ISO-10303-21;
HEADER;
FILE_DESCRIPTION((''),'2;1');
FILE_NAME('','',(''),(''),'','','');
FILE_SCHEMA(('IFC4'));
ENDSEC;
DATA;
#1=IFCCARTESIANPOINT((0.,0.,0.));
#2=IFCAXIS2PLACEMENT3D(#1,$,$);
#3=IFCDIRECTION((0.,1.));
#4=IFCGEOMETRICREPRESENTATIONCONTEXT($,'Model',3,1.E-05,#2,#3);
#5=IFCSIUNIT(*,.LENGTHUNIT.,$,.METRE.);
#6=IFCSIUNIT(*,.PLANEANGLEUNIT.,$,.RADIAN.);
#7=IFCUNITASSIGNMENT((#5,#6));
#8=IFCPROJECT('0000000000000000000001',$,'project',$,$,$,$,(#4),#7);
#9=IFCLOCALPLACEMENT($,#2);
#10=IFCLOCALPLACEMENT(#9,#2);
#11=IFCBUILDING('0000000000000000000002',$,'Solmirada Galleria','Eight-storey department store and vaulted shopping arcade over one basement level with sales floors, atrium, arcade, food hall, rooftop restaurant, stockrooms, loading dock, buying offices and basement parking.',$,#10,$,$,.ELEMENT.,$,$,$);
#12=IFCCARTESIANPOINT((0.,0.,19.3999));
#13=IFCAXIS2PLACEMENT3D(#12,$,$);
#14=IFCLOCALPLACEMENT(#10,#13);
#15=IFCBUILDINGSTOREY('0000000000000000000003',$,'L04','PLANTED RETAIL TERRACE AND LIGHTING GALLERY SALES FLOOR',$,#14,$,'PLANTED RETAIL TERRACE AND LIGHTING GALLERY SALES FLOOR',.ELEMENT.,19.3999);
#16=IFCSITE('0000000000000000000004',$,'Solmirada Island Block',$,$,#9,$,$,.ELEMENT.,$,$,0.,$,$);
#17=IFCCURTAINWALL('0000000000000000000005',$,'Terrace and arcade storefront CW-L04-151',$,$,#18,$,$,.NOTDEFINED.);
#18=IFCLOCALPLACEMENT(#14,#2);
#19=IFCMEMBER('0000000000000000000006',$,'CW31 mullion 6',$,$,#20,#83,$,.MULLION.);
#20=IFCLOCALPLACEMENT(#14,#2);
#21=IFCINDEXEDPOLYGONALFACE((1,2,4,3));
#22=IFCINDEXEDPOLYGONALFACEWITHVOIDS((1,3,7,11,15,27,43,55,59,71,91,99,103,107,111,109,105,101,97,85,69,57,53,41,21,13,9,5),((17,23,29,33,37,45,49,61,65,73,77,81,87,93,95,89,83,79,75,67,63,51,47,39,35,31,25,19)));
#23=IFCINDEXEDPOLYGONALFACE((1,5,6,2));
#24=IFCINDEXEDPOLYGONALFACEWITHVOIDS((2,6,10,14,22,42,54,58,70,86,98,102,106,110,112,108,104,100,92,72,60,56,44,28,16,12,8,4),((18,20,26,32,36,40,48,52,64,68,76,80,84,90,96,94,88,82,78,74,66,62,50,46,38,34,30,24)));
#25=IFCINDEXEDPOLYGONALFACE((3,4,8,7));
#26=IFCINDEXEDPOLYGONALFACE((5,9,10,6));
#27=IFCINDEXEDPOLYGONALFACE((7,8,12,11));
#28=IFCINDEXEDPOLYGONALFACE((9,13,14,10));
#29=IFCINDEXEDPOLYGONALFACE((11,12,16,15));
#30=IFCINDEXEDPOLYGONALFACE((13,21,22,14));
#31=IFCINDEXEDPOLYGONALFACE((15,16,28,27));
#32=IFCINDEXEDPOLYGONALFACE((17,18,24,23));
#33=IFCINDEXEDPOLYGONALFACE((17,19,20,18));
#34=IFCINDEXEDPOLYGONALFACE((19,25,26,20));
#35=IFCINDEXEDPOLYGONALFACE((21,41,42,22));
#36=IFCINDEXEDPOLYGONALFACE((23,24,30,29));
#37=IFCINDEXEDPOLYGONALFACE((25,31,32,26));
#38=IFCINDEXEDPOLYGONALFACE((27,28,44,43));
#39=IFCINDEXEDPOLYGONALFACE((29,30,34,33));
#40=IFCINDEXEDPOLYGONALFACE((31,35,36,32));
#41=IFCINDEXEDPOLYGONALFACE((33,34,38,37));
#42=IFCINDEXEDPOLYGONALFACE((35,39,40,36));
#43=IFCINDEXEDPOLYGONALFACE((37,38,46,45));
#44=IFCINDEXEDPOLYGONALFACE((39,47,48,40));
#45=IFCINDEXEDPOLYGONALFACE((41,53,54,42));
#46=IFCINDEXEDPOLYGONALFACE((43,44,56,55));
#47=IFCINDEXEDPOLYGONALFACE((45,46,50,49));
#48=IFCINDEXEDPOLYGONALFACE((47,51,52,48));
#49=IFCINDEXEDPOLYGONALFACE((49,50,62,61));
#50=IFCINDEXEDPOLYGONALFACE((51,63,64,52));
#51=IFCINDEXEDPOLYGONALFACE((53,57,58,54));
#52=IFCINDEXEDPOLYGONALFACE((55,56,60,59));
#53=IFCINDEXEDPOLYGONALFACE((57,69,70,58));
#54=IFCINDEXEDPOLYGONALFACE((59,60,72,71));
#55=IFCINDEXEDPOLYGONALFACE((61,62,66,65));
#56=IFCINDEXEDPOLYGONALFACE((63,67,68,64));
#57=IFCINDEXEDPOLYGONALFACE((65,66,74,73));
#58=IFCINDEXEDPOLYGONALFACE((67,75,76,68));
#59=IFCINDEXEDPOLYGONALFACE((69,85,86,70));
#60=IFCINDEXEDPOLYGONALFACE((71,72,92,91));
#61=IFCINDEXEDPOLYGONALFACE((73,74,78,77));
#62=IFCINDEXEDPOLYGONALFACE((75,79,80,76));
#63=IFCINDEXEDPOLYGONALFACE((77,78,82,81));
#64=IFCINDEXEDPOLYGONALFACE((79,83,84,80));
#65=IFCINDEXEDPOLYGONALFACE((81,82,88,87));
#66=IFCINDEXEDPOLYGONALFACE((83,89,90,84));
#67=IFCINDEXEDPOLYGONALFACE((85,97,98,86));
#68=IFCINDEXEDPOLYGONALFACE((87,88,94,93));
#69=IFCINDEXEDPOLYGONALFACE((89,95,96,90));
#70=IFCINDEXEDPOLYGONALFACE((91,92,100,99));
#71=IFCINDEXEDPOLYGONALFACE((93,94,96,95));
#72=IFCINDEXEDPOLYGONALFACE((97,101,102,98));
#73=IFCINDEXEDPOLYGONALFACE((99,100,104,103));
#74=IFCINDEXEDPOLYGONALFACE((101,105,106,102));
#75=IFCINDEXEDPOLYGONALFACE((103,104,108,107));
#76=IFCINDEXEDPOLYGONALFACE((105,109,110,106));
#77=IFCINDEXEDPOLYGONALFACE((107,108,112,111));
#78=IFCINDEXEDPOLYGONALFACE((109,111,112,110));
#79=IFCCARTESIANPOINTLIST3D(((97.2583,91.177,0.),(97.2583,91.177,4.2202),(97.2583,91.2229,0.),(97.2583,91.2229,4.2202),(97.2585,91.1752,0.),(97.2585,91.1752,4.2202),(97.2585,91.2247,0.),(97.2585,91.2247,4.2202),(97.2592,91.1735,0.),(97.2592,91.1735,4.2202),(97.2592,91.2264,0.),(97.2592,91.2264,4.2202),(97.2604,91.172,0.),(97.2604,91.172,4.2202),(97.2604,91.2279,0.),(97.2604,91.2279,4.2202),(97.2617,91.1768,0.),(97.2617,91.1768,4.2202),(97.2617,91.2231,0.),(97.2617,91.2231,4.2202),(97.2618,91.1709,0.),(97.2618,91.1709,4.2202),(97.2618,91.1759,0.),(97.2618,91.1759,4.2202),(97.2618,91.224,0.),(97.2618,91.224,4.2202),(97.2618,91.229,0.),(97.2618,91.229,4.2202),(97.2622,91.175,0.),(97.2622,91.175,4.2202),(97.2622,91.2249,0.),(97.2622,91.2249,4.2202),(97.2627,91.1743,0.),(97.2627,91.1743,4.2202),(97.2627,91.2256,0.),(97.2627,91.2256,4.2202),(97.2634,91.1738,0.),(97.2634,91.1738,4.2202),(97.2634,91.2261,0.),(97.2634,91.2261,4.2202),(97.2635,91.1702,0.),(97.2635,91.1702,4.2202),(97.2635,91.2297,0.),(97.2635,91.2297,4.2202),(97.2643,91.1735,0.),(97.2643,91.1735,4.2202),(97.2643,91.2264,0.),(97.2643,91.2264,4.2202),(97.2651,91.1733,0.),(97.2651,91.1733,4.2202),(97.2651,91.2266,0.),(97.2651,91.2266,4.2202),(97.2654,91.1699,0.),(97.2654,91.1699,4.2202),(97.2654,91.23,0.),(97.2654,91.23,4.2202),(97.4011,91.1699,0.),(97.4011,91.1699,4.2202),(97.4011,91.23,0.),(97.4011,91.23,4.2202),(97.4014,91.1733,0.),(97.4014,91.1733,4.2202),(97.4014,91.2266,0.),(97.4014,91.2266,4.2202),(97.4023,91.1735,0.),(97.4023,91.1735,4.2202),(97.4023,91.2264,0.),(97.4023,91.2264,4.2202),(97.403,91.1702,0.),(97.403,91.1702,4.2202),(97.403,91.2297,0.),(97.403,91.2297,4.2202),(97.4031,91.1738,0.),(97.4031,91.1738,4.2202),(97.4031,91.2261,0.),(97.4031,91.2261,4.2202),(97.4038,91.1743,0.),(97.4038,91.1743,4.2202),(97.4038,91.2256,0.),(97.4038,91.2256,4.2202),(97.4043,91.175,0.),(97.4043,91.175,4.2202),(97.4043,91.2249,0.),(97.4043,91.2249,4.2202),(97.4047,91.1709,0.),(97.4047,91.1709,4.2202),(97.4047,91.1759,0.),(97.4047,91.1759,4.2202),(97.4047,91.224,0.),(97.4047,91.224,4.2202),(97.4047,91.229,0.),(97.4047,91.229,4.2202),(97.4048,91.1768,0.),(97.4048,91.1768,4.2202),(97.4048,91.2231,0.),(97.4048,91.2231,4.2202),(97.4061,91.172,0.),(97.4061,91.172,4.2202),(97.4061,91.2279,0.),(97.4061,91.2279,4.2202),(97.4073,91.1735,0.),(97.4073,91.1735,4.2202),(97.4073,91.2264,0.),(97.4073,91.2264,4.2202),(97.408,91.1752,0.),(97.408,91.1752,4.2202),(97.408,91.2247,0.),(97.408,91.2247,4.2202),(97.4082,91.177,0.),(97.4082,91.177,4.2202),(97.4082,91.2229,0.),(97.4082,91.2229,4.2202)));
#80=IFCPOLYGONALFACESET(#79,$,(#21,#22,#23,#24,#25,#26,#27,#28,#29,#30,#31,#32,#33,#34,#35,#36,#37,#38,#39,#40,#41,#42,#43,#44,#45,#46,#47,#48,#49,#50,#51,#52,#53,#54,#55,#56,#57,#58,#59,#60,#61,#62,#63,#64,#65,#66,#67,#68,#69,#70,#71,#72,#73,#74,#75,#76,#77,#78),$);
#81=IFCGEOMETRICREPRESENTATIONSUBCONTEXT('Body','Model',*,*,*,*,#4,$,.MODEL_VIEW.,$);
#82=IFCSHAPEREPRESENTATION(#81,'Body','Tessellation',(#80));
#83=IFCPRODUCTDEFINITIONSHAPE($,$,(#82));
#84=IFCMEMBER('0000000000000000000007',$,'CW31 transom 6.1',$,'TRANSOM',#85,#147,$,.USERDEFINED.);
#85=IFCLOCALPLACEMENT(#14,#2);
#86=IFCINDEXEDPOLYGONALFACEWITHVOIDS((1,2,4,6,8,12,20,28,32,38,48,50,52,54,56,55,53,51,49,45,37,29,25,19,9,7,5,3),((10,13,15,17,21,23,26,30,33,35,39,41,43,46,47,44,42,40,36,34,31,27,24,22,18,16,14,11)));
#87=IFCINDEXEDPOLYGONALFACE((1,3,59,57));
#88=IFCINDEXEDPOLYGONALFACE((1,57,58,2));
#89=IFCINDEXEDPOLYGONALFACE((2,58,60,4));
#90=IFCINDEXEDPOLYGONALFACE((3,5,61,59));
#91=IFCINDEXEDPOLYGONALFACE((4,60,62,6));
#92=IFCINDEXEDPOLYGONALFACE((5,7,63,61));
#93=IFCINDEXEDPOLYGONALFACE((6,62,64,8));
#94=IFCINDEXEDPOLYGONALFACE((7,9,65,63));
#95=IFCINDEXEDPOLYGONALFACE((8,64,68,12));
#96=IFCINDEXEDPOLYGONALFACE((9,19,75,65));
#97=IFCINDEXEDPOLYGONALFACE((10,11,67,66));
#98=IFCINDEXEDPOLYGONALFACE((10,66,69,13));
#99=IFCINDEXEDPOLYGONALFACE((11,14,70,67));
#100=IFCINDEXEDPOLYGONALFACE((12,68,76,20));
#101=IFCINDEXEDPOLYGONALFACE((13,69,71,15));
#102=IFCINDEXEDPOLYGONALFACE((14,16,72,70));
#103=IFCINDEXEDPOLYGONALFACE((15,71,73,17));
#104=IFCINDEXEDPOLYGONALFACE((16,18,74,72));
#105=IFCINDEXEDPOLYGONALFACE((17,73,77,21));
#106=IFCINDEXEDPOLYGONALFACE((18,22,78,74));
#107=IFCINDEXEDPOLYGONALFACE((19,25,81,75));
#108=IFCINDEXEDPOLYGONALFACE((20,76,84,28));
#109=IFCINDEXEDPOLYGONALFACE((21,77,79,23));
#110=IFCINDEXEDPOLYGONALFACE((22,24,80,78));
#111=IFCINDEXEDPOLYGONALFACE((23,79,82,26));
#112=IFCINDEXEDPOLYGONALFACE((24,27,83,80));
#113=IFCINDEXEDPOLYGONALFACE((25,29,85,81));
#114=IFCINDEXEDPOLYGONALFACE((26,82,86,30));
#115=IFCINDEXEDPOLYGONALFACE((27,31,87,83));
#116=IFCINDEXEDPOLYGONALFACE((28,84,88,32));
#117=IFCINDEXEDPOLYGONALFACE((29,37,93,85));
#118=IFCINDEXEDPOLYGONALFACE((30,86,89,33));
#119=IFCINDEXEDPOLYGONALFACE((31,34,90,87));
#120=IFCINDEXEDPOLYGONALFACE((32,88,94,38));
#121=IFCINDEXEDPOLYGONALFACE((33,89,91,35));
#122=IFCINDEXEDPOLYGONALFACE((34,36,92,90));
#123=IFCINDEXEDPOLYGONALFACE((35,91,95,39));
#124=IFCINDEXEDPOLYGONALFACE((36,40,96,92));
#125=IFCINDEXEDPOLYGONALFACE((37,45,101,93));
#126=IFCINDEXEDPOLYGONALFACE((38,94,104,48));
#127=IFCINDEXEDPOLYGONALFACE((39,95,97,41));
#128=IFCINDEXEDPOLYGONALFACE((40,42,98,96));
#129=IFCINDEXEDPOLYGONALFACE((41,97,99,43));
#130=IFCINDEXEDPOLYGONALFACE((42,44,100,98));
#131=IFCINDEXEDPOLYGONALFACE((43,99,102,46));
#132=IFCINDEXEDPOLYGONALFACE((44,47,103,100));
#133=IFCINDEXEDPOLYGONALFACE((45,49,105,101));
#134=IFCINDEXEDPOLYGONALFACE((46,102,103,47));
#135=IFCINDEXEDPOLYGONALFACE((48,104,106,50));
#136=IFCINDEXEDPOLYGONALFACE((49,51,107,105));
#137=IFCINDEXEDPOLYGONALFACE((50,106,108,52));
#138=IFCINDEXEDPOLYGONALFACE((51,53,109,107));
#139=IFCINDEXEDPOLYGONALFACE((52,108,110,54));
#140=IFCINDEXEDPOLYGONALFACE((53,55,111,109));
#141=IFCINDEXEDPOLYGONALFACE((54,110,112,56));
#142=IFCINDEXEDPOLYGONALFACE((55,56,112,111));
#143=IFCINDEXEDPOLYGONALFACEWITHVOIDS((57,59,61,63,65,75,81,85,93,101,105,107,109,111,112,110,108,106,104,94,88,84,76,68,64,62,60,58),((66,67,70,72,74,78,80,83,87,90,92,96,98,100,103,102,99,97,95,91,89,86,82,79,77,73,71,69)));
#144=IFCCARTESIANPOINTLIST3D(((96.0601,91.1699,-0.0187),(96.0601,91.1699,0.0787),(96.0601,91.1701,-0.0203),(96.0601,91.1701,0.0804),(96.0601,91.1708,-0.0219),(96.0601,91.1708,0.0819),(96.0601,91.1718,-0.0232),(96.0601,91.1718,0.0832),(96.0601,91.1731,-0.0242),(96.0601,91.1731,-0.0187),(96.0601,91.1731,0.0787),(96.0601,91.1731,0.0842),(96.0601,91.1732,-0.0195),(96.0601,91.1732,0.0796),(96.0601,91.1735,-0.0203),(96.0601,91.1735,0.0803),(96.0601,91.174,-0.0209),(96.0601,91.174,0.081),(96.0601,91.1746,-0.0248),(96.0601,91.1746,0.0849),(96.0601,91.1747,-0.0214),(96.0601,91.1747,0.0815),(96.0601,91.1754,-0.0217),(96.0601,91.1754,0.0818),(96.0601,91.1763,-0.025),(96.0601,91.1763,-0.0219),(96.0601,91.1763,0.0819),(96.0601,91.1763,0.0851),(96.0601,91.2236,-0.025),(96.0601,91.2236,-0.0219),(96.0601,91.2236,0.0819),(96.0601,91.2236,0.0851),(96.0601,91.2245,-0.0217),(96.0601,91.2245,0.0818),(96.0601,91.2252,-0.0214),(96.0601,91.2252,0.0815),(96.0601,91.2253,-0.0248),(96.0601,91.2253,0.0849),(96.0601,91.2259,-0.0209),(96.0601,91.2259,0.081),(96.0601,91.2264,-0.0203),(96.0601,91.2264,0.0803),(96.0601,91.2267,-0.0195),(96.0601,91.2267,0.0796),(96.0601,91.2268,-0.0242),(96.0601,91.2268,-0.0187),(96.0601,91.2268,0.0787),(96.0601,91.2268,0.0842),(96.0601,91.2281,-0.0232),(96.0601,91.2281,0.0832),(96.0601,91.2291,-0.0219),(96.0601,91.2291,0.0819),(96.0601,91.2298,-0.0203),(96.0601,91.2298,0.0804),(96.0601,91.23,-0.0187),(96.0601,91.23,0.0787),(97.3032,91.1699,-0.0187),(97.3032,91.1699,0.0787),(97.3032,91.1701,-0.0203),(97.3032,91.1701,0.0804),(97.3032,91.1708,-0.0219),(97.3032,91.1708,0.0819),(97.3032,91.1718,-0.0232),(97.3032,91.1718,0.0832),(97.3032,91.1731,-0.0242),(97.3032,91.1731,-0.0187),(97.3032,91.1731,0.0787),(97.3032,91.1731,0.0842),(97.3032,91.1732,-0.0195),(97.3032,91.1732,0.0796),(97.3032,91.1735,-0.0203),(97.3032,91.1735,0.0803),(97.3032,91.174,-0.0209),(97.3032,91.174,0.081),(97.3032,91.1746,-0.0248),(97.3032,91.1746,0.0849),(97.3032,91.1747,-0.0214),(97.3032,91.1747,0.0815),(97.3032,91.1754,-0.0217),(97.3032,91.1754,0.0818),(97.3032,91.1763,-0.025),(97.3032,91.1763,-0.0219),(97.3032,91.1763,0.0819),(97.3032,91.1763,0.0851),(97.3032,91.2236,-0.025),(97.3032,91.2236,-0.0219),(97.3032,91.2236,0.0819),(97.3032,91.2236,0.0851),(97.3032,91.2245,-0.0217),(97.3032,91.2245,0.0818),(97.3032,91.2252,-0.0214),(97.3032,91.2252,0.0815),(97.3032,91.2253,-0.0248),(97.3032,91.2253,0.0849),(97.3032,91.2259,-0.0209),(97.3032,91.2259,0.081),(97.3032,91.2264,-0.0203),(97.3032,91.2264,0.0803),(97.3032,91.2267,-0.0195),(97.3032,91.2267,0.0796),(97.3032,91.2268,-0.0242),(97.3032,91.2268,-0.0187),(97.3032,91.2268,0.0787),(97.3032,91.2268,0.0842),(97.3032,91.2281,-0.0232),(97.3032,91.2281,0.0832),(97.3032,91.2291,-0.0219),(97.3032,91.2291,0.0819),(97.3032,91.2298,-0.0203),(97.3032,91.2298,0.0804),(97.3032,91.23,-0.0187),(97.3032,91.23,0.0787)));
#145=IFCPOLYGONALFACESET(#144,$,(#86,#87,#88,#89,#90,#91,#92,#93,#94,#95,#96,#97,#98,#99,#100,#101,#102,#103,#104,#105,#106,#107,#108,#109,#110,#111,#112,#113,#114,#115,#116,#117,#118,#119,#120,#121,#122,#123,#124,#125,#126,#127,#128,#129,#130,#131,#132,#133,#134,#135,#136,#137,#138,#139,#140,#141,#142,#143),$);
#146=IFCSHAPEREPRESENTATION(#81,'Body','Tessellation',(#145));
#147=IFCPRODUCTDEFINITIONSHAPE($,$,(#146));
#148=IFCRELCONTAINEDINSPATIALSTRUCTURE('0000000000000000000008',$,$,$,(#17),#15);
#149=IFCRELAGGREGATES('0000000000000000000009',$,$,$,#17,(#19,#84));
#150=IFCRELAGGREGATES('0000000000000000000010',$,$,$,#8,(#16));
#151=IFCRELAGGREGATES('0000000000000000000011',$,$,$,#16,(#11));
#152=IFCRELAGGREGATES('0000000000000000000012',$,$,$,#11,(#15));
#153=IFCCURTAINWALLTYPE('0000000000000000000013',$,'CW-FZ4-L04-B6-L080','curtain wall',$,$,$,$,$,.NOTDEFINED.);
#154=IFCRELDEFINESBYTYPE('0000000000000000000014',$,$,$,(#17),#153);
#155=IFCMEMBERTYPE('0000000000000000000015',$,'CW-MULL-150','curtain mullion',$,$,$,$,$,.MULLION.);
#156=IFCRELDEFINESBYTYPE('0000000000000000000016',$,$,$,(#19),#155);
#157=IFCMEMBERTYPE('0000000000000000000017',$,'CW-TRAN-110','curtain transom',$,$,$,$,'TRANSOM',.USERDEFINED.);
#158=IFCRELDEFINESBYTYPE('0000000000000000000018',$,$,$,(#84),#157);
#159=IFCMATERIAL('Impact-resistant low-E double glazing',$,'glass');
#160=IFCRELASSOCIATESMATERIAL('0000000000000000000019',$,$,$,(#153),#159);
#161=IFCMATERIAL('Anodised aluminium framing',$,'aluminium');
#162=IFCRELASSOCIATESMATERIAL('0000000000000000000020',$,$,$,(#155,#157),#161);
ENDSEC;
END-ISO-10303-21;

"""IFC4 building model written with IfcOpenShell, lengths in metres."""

from ifc_helpers import new_model, si_unit, direction, frame, origin, origin_2d, place, context, subcontext, project, spatial, hollow_rectangle, extrude, material, material_profile, profile_set, type_object, element, aggregate, save


model = new_model("IFC4")

# Units and contexts
model_context = context("Model", 3, precision=1e-05, world=origin(), true_north=direction((0.0, 1.0)))
body_context = subcontext(model_context, "Body", "Model", "MODEL_VIEW")
ifc_project = project(units=[si_unit("LENGTHUNIT", "METRE"), si_unit("PLANEANGLEUNIT", "RADIAN")], contexts=[model_context])

# Site, building, storey
site_placement = place(None, origin())
site = spatial("IfcSite", under=ifc_project, at=site_placement, Name="Solmirada Island Block", CompositionType="ELEMENT", RefElevation=0.0)
building_placement = place(site_placement, origin())
building = spatial("IfcBuilding", under=site, at=building_placement, Name="Solmirada Galleria", Description="Eight-storey department store and vaulted shopping arcade over one basement level with sales floors, atrium, arcade, food hall, rooftop restaurant, stockrooms, loading dock, buying offices and basement parking.", CompositionType="ELEMENT")
storey_placement = place(building_placement, frame((0.0, 0.0, 19.3999)))
storey = spatial("IfcBuildingStorey", under=building, at=storey_placement, Name="L04", Description="PLANTED RETAIL TERRACE AND LIGHTING GALLERY SALES FLOOR", LongName="PLANTED RETAIL TERRACE AND LIGHTING GALLERY SALES FLOOR", CompositionType="ELEMENT", Elevation=19.3999)

# Curtain wall, members
ifc_material_1 = material(Name="Impact-resistant low-E double glazing", Category="glass")
curtain_wall_type = type_object("IfcCurtainWallType", Name="CW-FZ4-L04-B6-L080", Description="curtain wall", PredefinedType="NOTDEFINED", material=ifc_material_1)
curtain_wall_placement = place(storey_placement, origin())
curtain_wall = element("IfcCurtainWall", 1, at=curtain_wall_placement, inside=storey, type_object=curtain_wall_type, Name="Terrace and arcade storefront CW-L04-151", PredefinedType="NOTDEFINED")
ifc_material_2 = material(Name="Anodised aluminium framing", Category="aluminium")
ifc_material_profile_1 = material_profile(ifc_material_2, hollow_rectangle(XDim=0.0601, YDim=0.1499, WallThickness=0.0034, InnerFilletRadius=0.0034, OuterFilletRadius=0.0071, at=origin_2d()), Name="ALU-MULL-150X60")
ifc_profile_set_1 = profile_set([ifc_material_profile_1], Name="Anodised aluminium framing")
member_type_1 = type_object("IfcMemberType", Name="CW-MULL-150", Description="curtain mullion", PredefinedType="MULLION", material=ifc_profile_set_1)
member_1_placement = place(storey_placement, frame((97.3333, 91.2, 0.0), z_axis=(0.0, 0.0, 1.0), x_axis=(0.0, -1.0, 0.0)))
member_1 = element("IfcMember", 2, at=member_1_placement, type_object=member_type_1, Name="CW31 mullion 6", PredefinedType="MULLION", context=body_context, shape_type="SweptSolid", body=[
    extrude(hollow_rectangle(XDim=0.0601, YDim=0.1499, WallThickness=0.0034, InnerFilletRadius=0.0034, OuterFilletRadius=0.0071, at=origin_2d()), origin(), (0.0, 0.0, 1.0), 4.2202),
])
ifc_material_profile_2 = material_profile(ifc_material_2, hollow_rectangle(XDim=0.0601, YDim=0.1101, WallThickness=0.0032, InnerFilletRadius=0.0032, OuterFilletRadius=0.0063, at=origin_2d()), Name="ALU-TRAN-110X60")
ifc_profile_set_2 = profile_set([ifc_material_profile_2], Name="Anodised aluminium framing")
member_type_2 = type_object("IfcMemberType", Name="CW-TRAN-110", Description="curtain transom", ElementType="TRANSOM", PredefinedType="USERDEFINED", material=ifc_profile_set_2)
member_2_placement = place(storey_placement, frame((97.3032, 91.2, 0.03), z_axis=(-1.0, 0.0, 0.0), x_axis=(0.0, -1.0, 0.0)))
member_2 = element("IfcMember", 3, at=member_2_placement, type_object=member_type_2, Name="CW31 transom 6.1", ObjectType="TRANSOM", PredefinedType="USERDEFINED", context=body_context, shape_type="SweptSolid", body=[
    extrude(hollow_rectangle(XDim=0.0601, YDim=0.1101, WallThickness=0.0032, InnerFilletRadius=0.0032, OuterFilletRadius=0.0063, at=origin_2d()), origin(), (0.0, 0.0, 1.0), 1.2432),
])
aggregate(curtain_wall, [member_1, member_2])

save(model, "model.ifc")
